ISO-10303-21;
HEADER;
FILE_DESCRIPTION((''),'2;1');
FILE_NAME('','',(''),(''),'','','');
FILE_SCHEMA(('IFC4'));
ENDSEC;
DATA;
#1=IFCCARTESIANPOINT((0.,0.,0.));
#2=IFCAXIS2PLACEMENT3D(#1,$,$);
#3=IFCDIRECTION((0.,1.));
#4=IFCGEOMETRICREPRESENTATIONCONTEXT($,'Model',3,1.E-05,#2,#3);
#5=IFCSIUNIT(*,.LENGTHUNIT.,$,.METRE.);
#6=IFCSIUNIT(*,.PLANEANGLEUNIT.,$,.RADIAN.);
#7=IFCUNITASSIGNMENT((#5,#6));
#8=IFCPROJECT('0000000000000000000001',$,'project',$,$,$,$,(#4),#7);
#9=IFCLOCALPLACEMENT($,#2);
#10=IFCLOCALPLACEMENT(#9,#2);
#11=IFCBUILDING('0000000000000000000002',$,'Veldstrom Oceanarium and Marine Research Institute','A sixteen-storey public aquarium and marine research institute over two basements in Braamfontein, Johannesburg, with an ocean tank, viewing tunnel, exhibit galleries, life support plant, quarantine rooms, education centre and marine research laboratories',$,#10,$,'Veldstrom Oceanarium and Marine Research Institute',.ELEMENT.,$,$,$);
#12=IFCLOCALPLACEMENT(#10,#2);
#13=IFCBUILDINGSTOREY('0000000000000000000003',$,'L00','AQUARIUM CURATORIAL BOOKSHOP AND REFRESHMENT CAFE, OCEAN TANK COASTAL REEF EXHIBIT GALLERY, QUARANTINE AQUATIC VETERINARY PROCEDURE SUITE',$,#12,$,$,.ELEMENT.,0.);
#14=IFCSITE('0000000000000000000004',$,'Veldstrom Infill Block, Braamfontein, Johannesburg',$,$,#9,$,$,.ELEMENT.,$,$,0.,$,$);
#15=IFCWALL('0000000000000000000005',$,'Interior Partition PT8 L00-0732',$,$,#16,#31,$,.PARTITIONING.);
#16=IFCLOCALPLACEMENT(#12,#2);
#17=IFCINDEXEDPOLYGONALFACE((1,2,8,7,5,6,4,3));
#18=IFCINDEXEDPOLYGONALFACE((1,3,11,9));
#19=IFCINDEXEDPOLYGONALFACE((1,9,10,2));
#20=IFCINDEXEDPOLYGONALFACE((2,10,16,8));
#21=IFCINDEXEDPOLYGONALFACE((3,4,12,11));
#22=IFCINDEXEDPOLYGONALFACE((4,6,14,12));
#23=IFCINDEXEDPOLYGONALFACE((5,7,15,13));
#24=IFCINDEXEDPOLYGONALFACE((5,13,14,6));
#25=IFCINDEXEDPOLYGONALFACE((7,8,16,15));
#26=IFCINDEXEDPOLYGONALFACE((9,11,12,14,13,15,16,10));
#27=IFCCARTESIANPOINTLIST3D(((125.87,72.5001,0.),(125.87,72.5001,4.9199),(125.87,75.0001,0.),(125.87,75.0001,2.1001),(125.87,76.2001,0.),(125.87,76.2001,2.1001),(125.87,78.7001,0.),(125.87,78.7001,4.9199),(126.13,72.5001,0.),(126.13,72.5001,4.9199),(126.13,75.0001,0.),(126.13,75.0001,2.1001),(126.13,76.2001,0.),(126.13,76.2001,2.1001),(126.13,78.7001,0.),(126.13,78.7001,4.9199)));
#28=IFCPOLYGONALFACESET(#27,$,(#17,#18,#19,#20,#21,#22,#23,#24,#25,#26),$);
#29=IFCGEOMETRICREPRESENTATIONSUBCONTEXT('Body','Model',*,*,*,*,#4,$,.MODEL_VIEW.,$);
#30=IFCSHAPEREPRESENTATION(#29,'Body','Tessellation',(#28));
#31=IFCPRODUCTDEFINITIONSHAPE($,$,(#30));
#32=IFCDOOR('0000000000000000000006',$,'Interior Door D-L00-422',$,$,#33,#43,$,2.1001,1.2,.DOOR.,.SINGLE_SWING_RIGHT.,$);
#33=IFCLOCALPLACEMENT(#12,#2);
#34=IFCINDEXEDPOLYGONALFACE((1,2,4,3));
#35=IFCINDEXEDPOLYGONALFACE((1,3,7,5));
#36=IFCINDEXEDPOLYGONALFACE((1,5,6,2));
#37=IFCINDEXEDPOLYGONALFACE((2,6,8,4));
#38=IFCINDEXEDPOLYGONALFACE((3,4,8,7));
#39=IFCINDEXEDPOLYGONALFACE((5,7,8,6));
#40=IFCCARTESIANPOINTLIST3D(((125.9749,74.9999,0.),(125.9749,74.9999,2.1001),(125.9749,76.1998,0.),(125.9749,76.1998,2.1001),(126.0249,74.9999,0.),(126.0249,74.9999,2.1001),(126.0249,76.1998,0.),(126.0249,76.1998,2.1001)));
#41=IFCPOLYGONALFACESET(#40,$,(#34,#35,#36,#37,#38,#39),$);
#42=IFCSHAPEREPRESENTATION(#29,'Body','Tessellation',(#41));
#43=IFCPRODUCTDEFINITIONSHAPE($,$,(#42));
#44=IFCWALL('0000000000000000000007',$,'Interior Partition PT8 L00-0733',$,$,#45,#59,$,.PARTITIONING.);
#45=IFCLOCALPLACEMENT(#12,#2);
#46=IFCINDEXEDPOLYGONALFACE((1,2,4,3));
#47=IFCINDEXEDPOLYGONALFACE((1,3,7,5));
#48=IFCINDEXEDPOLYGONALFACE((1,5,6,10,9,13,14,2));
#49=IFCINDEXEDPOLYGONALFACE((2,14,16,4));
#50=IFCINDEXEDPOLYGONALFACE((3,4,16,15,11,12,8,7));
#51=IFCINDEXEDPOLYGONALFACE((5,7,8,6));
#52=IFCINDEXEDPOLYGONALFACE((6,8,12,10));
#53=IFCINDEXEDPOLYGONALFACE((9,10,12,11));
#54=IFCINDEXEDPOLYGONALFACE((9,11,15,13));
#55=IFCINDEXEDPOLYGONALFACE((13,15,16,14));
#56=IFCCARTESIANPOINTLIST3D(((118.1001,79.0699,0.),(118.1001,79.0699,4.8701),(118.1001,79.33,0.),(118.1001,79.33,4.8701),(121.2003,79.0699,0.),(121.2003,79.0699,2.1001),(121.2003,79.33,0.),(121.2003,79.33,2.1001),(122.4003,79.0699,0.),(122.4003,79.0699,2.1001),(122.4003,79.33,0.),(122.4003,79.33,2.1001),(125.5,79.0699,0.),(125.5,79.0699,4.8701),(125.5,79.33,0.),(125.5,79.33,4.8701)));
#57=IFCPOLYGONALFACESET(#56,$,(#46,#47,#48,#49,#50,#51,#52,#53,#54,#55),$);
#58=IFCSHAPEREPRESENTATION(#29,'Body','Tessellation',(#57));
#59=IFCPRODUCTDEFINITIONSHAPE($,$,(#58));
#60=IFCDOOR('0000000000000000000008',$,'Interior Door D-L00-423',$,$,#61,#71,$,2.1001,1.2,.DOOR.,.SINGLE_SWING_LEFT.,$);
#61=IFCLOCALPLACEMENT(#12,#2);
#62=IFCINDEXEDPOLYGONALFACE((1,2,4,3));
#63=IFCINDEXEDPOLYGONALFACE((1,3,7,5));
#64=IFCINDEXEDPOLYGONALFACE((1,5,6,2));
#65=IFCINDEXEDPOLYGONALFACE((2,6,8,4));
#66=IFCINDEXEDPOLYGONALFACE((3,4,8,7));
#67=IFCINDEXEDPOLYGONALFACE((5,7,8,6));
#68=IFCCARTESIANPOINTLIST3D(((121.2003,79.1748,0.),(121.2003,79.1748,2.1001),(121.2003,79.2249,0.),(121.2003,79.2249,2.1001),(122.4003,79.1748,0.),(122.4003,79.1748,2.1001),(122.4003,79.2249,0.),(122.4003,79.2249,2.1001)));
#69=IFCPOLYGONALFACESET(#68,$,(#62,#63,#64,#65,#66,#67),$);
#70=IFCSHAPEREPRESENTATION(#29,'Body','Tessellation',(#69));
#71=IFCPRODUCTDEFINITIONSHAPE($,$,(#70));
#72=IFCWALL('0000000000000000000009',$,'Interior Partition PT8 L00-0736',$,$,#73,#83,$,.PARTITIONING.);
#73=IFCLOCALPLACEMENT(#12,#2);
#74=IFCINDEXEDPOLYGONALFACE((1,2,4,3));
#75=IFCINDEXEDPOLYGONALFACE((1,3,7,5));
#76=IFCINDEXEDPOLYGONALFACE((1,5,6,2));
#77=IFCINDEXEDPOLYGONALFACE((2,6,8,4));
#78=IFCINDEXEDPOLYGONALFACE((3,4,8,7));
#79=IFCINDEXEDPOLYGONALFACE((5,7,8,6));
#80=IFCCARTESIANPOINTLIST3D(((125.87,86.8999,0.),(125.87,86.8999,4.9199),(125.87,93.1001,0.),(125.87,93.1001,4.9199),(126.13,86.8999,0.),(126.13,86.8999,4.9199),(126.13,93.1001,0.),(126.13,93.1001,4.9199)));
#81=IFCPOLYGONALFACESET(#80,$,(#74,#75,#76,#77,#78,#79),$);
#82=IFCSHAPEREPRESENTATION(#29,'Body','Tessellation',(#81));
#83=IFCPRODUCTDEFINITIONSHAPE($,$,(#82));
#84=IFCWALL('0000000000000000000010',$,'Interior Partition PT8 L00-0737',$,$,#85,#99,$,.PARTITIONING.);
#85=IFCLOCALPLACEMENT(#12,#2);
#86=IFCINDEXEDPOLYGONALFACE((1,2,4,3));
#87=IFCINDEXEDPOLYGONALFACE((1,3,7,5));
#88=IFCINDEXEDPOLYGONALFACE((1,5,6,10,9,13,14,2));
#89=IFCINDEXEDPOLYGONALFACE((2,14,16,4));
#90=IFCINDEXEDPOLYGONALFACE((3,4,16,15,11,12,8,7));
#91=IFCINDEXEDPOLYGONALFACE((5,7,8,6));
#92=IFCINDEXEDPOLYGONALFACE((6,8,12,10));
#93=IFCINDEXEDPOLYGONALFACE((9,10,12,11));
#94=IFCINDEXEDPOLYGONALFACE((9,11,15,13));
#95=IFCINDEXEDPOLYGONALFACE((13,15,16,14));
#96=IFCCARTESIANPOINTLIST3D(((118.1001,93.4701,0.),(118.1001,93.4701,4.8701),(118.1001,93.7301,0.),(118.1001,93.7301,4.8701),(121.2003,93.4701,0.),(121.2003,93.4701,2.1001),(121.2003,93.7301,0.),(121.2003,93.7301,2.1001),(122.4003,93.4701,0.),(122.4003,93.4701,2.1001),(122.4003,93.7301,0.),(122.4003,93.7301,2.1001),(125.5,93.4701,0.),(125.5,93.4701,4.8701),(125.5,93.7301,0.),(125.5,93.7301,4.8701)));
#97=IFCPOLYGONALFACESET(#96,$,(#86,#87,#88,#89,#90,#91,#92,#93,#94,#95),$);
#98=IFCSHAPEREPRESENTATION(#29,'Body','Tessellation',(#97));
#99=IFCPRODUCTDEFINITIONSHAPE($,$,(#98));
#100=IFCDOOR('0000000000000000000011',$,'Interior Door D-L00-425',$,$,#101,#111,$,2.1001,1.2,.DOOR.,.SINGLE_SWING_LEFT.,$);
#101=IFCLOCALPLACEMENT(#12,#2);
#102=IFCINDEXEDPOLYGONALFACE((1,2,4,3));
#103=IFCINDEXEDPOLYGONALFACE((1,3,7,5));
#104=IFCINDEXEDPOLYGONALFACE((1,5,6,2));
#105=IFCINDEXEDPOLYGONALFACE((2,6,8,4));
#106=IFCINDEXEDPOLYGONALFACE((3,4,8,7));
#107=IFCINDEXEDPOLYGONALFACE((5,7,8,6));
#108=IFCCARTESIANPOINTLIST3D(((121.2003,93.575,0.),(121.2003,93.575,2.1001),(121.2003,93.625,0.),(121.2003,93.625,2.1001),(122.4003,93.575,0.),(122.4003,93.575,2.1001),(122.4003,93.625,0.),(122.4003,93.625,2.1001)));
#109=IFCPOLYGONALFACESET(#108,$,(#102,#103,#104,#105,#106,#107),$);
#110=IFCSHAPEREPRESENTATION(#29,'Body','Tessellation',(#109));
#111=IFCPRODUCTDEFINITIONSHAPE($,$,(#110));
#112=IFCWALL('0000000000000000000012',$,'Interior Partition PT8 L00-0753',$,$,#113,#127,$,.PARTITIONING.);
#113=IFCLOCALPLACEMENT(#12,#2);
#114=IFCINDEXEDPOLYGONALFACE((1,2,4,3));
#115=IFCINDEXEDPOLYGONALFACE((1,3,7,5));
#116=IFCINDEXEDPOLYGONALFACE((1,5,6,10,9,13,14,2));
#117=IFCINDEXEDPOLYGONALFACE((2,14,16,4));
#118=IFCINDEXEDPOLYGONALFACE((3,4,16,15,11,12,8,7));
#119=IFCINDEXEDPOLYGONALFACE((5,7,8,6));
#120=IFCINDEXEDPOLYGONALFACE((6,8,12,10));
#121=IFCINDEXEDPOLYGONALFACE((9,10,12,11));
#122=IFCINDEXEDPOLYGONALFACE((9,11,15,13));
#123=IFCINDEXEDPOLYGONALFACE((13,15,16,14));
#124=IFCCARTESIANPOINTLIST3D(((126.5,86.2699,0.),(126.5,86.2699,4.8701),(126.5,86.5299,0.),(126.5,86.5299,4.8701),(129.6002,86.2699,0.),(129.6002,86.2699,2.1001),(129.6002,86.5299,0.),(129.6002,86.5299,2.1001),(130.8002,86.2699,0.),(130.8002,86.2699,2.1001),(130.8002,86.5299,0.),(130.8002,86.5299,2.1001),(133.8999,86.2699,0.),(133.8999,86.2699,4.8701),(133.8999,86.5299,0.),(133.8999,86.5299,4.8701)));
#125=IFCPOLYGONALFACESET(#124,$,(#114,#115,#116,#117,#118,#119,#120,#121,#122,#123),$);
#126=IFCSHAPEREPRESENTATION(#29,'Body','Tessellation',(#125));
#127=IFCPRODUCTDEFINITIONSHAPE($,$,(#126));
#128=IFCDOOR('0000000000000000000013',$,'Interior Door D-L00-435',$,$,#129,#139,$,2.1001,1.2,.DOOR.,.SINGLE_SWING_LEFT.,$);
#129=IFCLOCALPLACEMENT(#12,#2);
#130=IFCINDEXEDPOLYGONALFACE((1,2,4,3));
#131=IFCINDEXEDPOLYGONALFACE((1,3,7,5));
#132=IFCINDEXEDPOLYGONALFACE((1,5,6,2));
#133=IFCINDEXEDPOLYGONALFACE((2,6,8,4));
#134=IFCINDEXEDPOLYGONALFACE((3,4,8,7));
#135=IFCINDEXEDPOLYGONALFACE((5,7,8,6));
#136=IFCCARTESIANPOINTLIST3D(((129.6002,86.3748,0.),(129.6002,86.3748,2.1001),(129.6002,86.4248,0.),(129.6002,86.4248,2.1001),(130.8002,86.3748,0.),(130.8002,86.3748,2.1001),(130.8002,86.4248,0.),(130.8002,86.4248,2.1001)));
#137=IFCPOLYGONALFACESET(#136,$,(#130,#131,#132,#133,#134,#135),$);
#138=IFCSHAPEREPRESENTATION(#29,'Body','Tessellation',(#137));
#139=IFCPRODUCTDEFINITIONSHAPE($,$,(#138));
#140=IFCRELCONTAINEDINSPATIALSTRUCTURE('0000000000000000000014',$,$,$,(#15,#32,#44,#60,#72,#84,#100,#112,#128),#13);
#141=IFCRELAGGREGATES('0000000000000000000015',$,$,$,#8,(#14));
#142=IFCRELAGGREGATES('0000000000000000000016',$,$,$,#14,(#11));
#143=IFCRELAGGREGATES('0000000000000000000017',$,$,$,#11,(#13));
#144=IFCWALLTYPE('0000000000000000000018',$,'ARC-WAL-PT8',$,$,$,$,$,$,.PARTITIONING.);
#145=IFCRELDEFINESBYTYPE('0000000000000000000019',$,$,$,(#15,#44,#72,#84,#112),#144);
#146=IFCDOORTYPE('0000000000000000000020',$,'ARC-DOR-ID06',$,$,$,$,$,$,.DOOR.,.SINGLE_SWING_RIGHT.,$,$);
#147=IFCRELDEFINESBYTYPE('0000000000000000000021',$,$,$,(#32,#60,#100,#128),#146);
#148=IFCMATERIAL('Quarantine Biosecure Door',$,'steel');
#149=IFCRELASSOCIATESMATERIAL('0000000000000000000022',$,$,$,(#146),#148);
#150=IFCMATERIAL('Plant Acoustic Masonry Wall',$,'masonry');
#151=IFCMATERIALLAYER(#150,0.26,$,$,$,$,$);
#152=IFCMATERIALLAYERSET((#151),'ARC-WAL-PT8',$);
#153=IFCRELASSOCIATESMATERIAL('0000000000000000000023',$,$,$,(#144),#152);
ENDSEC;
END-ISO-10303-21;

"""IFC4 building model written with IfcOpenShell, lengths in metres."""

from ifc_helpers import new_model, si_unit, direction, frame, frame_2d, origin, place, context, subcontext, project, spatial, rectangle, extrude, material, layer, layer_set, type_object, element, fill, save


model = new_model("IFC4")

# Units and contexts
model_context = context("Model", 3, precision=1e-05, world=origin(), true_north=direction((0.0, 1.0)))
body_context = subcontext(model_context, "Body", "Model", "MODEL_VIEW")
ifc_project = project(units=[si_unit("LENGTHUNIT", "METRE"), si_unit("PLANEANGLEUNIT", "RADIAN")], contexts=[model_context])

# Site, building, storey
site_placement = place(None, origin())
site = spatial("IfcSite", under=ifc_project, at=site_placement, Name="Veldstrom Infill Block, Braamfontein, Johannesburg", CompositionType="ELEMENT", RefElevation=0.0)
building_placement = place(site_placement, origin())
building = spatial("IfcBuilding", under=site, at=building_placement, Name="Veldstrom Oceanarium and Marine Research Institute", Description="A sixteen-storey public aquarium and marine research institute over two basements in Braamfontein, Johannesburg, with an ocean tank, viewing tunnel, exhibit galleries, life support plant, quarantine rooms, education centre and marine research laboratories", LongName="Veldstrom Oceanarium and Marine Research Institute", CompositionType="ELEMENT")
storey_placement = place(building_placement, origin())
storey = spatial("IfcBuildingStorey", under=building, at=storey_placement, Name="L00", Description="AQUARIUM CURATORIAL BOOKSHOP AND REFRESHMENT CAFE, OCEAN TANK COASTAL REEF EXHIBIT GALLERY, QUARANTINE AQUATIC VETERINARY PROCEDURE SUITE", CompositionType="ELEMENT", Elevation=0.0)

# Walls, openings, doors
ifc_material_1 = material(Name="Quarantine Biosecure Door", Category="steel")
door_type = type_object("IfcDoorType", Name="ARC-DOR-ID06", OperationType="SINGLE_SWING_RIGHT", PredefinedType="DOOR", material=ifc_material_1)
ifc_material_2 = material(Name="Plant Acoustic Masonry Wall", Category="masonry")
ifc_layer_1 = layer(ifc_material_2, 0.26)
ifc_layer_set_1 = layer_set([ifc_layer_1], Name="ARC-WAL-PT8")
wall_type_1 = type_object("IfcWallType", Name="ARC-WAL-PT8", PredefinedType="PARTITIONING", material=ifc_layer_set_1)
wall_1_placement = place(storey_placement, frame((126.0, 72.5, 0.0), z_axis=(0.0, 0.0, 1.0), x_axis=(0.0, 1.0, 0.0)))
wall_1 = element("IfcWall", 1, at=wall_1_placement, inside=storey, type_object=wall_type_1, Name="Interior Partition PT8 L00-0732", PredefinedType="PARTITIONING", context=body_context, shape_type="SweptSolid", body=[
    extrude(rectangle(XDim=6.2, YDim=0.26, at=frame_2d((3.1001, 0.0))), origin(), (0.0, 0.0, 1.0), 4.9199),
])
opening_1_placement = place(wall_1_placement, frame((2.5, 0.0, 0.0)))
opening_1 = element("IfcOpeningElement", 2, at=opening_1_placement, cuts=wall_1, PredefinedType="OPENING", context=body_context, shape_type="SweptSolid", body=[
    extrude(rectangle(XDim=1.2, YDim=2.1001, at=frame_2d((0.6001, 1.05))), frame((0.0, 0.1399, 0.0), z_axis=(0.0, -1.0, 0.0), x_axis=(1.0, 0.0, 0.0)), (0.0, 0.0, 1.0), 0.28),
])
door_1_placement = place(opening_1_placement, frame((1.2, 0.0, 0.0), z_axis=(0.0, 0.0, 1.0), x_axis=(-1.0, 0.0, 0.0)))
door_1 = element("IfcDoor", 3, at=door_1_placement, inside=storey, type_object=door_type, Name="Interior Door D-L00-422", OperationType="SINGLE_SWING_RIGHT", OverallHeight=2.1001, OverallWidth=1.2, PredefinedType="DOOR", context=body_context, shape_type="SweptSolid", body=[
    extrude(rectangle(XDim=1.2, YDim=2.1001, at=frame_2d((0.6001, 1.05))), frame((0.0, 0.0249, 0.0), z_axis=(0.0, -1.0, 0.0), x_axis=(1.0, 0.0, 0.0)), (0.0, 0.0, 1.0), 0.05),
])
fill(opening_1, door_1)
wall_2_placement = place(storey_placement, frame((118.1001, 79.2, 0.0), z_axis=(0.0, 0.0, 1.0), x_axis=(1.0, 0.0, 0.0)))
wall_2 = element("IfcWall", 4, at=wall_2_placement, inside=storey, type_object=wall_type_1, Name="Interior Partition PT8 L00-0733", PredefinedType="PARTITIONING", context=body_context, shape_type="SweptSolid", body=[
    extrude(rectangle(XDim=7.3999, YDim=0.26, at=frame_2d((3.7, 0.0))), origin(), (0.0, 0.0, 1.0), 4.8701),
])
opening_2_placement = place(wall_2_placement, frame((3.1001, 0.0, 0.0)))
opening_2 = element("IfcOpeningElement", 5, at=opening_2_placement, cuts=wall_2, PredefinedType="OPENING", context=body_context, shape_type="SweptSolid", body=[
    extrude(rectangle(XDim=1.2, YDim=2.1001, at=frame_2d((0.6001, 1.05))), frame((0.0, 0.1399, 0.0), z_axis=(0.0, -1.0, 0.0), x_axis=(1.0, 0.0, 0.0)), (0.0, 0.0, 1.0), 0.28),
])
door_2_placement = place(opening_2_placement, origin())
door_2 = element("IfcDoor", 6, at=door_2_placement, inside=storey, type_object=door_type, Name="Interior Door D-L00-423", OperationType="SINGLE_SWING_LEFT", OverallHeight=2.1001, OverallWidth=1.2, PredefinedType="DOOR", context=body_context, shape_type="SweptSolid", body=[
    extrude(rectangle(XDim=1.2, YDim=2.1001, at=frame_2d((0.6001, 1.05))), frame((0.0, 0.0249, 0.0), z_axis=(0.0, -1.0, 0.0), x_axis=(1.0, 0.0, 0.0)), (0.0, 0.0, 1.0), 0.05),
])
fill(opening_2, door_2)

# Wall
wall_3_placement = place(storey_placement, frame((126.0, 86.8999, 0.0), z_axis=(0.0, 0.0, 1.0), x_axis=(0.0, 1.0, 0.0)))
element("IfcWall", 7, at=wall_3_placement, inside=storey, type_object=wall_type_1, Name="Interior Partition PT8 L00-0736", PredefinedType="PARTITIONING", context=body_context, shape_type="SweptSolid", body=[
    extrude(rectangle(XDim=6.2002, YDim=0.26, at=frame_2d((3.1001, 0.0))), origin(), (0.0, 0.0, 1.0), 4.9199),
])

# Walls, openings, doors
wall_4_placement = place(storey_placement, frame((118.1001, 93.6001, 0.0), z_axis=(0.0, 0.0, 1.0), x_axis=(1.0, 0.0, 0.0)))
wall_4 = element("IfcWall", 8, at=wall_4_placement, inside=storey, type_object=wall_type_1, Name="Interior Partition PT8 L00-0737", PredefinedType="PARTITIONING", context=body_context, shape_type="SweptSolid", body=[
    extrude(rectangle(XDim=7.3999, YDim=0.26, at=frame_2d((3.7, 0.0))), origin(), (0.0, 0.0, 1.0), 4.8701),
])
opening_3_placement = place(wall_4_placement, frame((3.1001, 0.0, 0.0)))
opening_3 = element("IfcOpeningElement", 9, at=opening_3_placement, cuts=wall_4, PredefinedType="OPENING", context=body_context, shape_type="SweptSolid", body=[
    extrude(rectangle(XDim=1.2, YDim=2.1001, at=frame_2d((0.6001, 1.05))), frame((0.0, 0.1399, 0.0), z_axis=(0.0, -1.0, 0.0), x_axis=(1.0, 0.0, 0.0)), (0.0, 0.0, 1.0), 0.28),
])
door_3_placement = place(opening_3_placement, origin())
door_3 = element("IfcDoor", 10, at=door_3_placement, inside=storey, type_object=door_type, Name="Interior Door D-L00-425", OperationType="SINGLE_SWING_LEFT", OverallHeight=2.1001, OverallWidth=1.2, PredefinedType="DOOR", context=body_context, shape_type="SweptSolid", body=[
    extrude(rectangle(XDim=1.2, YDim=2.1001, at=frame_2d((0.6001, 1.05))), frame((0.0, 0.0249, 0.0), z_axis=(0.0, -1.0, 0.0), x_axis=(1.0, 0.0, 0.0)), (0.0, 0.0, 1.0), 0.05),
])
fill(opening_3, door_3)
wall_5_placement = place(storey_placement, frame((126.5, 86.3999, 0.0), z_axis=(0.0, 0.0, 1.0), x_axis=(1.0, 0.0, 0.0)))
wall_5 = element("IfcWall", 11, at=wall_5_placement, inside=storey, type_object=wall_type_1, Name="Interior Partition PT8 L00-0753", PredefinedType="PARTITIONING", context=body_context, shape_type="SweptSolid", body=[
    extrude(rectangle(XDim=7.3999, YDim=0.26, at=frame_2d((3.7, 0.0))), origin(), (0.0, 0.0, 1.0), 4.8701),
])
opening_4_placement = place(wall_5_placement, frame((3.1001, 0.0, 0.0)))
opening_4 = element("IfcOpeningElement", 12, at=opening_4_placement, cuts=wall_5, PredefinedType="OPENING", context=body_context, shape_type="SweptSolid", body=[
    extrude(rectangle(XDim=1.2, YDim=2.1001, at=frame_2d((0.6001, 1.05))), frame((0.0, 0.1399, 0.0), z_axis=(0.0, -1.0, 0.0), x_axis=(1.0, 0.0, 0.0)), (0.0, 0.0, 1.0), 0.28),
])
door_4_placement = place(opening_4_placement, origin())
door_4 = element("IfcDoor", 13, at=door_4_placement, inside=storey, type_object=door_type, Name="Interior Door D-L00-435", OperationType="SINGLE_SWING_LEFT", OverallHeight=2.1001, OverallWidth=1.2, PredefinedType="DOOR", context=body_context, shape_type="SweptSolid", body=[
    extrude(rectangle(XDim=1.2, YDim=2.1001, at=frame_2d((0.6001, 1.05))), frame((0.0, 0.0249, 0.0), z_axis=(0.0, -1.0, 0.0), x_axis=(1.0, 0.0, 0.0)), (0.0, 0.0, 1.0), 0.05),
])
fill(opening_4, door_4)

save(model, "model.ifc")
